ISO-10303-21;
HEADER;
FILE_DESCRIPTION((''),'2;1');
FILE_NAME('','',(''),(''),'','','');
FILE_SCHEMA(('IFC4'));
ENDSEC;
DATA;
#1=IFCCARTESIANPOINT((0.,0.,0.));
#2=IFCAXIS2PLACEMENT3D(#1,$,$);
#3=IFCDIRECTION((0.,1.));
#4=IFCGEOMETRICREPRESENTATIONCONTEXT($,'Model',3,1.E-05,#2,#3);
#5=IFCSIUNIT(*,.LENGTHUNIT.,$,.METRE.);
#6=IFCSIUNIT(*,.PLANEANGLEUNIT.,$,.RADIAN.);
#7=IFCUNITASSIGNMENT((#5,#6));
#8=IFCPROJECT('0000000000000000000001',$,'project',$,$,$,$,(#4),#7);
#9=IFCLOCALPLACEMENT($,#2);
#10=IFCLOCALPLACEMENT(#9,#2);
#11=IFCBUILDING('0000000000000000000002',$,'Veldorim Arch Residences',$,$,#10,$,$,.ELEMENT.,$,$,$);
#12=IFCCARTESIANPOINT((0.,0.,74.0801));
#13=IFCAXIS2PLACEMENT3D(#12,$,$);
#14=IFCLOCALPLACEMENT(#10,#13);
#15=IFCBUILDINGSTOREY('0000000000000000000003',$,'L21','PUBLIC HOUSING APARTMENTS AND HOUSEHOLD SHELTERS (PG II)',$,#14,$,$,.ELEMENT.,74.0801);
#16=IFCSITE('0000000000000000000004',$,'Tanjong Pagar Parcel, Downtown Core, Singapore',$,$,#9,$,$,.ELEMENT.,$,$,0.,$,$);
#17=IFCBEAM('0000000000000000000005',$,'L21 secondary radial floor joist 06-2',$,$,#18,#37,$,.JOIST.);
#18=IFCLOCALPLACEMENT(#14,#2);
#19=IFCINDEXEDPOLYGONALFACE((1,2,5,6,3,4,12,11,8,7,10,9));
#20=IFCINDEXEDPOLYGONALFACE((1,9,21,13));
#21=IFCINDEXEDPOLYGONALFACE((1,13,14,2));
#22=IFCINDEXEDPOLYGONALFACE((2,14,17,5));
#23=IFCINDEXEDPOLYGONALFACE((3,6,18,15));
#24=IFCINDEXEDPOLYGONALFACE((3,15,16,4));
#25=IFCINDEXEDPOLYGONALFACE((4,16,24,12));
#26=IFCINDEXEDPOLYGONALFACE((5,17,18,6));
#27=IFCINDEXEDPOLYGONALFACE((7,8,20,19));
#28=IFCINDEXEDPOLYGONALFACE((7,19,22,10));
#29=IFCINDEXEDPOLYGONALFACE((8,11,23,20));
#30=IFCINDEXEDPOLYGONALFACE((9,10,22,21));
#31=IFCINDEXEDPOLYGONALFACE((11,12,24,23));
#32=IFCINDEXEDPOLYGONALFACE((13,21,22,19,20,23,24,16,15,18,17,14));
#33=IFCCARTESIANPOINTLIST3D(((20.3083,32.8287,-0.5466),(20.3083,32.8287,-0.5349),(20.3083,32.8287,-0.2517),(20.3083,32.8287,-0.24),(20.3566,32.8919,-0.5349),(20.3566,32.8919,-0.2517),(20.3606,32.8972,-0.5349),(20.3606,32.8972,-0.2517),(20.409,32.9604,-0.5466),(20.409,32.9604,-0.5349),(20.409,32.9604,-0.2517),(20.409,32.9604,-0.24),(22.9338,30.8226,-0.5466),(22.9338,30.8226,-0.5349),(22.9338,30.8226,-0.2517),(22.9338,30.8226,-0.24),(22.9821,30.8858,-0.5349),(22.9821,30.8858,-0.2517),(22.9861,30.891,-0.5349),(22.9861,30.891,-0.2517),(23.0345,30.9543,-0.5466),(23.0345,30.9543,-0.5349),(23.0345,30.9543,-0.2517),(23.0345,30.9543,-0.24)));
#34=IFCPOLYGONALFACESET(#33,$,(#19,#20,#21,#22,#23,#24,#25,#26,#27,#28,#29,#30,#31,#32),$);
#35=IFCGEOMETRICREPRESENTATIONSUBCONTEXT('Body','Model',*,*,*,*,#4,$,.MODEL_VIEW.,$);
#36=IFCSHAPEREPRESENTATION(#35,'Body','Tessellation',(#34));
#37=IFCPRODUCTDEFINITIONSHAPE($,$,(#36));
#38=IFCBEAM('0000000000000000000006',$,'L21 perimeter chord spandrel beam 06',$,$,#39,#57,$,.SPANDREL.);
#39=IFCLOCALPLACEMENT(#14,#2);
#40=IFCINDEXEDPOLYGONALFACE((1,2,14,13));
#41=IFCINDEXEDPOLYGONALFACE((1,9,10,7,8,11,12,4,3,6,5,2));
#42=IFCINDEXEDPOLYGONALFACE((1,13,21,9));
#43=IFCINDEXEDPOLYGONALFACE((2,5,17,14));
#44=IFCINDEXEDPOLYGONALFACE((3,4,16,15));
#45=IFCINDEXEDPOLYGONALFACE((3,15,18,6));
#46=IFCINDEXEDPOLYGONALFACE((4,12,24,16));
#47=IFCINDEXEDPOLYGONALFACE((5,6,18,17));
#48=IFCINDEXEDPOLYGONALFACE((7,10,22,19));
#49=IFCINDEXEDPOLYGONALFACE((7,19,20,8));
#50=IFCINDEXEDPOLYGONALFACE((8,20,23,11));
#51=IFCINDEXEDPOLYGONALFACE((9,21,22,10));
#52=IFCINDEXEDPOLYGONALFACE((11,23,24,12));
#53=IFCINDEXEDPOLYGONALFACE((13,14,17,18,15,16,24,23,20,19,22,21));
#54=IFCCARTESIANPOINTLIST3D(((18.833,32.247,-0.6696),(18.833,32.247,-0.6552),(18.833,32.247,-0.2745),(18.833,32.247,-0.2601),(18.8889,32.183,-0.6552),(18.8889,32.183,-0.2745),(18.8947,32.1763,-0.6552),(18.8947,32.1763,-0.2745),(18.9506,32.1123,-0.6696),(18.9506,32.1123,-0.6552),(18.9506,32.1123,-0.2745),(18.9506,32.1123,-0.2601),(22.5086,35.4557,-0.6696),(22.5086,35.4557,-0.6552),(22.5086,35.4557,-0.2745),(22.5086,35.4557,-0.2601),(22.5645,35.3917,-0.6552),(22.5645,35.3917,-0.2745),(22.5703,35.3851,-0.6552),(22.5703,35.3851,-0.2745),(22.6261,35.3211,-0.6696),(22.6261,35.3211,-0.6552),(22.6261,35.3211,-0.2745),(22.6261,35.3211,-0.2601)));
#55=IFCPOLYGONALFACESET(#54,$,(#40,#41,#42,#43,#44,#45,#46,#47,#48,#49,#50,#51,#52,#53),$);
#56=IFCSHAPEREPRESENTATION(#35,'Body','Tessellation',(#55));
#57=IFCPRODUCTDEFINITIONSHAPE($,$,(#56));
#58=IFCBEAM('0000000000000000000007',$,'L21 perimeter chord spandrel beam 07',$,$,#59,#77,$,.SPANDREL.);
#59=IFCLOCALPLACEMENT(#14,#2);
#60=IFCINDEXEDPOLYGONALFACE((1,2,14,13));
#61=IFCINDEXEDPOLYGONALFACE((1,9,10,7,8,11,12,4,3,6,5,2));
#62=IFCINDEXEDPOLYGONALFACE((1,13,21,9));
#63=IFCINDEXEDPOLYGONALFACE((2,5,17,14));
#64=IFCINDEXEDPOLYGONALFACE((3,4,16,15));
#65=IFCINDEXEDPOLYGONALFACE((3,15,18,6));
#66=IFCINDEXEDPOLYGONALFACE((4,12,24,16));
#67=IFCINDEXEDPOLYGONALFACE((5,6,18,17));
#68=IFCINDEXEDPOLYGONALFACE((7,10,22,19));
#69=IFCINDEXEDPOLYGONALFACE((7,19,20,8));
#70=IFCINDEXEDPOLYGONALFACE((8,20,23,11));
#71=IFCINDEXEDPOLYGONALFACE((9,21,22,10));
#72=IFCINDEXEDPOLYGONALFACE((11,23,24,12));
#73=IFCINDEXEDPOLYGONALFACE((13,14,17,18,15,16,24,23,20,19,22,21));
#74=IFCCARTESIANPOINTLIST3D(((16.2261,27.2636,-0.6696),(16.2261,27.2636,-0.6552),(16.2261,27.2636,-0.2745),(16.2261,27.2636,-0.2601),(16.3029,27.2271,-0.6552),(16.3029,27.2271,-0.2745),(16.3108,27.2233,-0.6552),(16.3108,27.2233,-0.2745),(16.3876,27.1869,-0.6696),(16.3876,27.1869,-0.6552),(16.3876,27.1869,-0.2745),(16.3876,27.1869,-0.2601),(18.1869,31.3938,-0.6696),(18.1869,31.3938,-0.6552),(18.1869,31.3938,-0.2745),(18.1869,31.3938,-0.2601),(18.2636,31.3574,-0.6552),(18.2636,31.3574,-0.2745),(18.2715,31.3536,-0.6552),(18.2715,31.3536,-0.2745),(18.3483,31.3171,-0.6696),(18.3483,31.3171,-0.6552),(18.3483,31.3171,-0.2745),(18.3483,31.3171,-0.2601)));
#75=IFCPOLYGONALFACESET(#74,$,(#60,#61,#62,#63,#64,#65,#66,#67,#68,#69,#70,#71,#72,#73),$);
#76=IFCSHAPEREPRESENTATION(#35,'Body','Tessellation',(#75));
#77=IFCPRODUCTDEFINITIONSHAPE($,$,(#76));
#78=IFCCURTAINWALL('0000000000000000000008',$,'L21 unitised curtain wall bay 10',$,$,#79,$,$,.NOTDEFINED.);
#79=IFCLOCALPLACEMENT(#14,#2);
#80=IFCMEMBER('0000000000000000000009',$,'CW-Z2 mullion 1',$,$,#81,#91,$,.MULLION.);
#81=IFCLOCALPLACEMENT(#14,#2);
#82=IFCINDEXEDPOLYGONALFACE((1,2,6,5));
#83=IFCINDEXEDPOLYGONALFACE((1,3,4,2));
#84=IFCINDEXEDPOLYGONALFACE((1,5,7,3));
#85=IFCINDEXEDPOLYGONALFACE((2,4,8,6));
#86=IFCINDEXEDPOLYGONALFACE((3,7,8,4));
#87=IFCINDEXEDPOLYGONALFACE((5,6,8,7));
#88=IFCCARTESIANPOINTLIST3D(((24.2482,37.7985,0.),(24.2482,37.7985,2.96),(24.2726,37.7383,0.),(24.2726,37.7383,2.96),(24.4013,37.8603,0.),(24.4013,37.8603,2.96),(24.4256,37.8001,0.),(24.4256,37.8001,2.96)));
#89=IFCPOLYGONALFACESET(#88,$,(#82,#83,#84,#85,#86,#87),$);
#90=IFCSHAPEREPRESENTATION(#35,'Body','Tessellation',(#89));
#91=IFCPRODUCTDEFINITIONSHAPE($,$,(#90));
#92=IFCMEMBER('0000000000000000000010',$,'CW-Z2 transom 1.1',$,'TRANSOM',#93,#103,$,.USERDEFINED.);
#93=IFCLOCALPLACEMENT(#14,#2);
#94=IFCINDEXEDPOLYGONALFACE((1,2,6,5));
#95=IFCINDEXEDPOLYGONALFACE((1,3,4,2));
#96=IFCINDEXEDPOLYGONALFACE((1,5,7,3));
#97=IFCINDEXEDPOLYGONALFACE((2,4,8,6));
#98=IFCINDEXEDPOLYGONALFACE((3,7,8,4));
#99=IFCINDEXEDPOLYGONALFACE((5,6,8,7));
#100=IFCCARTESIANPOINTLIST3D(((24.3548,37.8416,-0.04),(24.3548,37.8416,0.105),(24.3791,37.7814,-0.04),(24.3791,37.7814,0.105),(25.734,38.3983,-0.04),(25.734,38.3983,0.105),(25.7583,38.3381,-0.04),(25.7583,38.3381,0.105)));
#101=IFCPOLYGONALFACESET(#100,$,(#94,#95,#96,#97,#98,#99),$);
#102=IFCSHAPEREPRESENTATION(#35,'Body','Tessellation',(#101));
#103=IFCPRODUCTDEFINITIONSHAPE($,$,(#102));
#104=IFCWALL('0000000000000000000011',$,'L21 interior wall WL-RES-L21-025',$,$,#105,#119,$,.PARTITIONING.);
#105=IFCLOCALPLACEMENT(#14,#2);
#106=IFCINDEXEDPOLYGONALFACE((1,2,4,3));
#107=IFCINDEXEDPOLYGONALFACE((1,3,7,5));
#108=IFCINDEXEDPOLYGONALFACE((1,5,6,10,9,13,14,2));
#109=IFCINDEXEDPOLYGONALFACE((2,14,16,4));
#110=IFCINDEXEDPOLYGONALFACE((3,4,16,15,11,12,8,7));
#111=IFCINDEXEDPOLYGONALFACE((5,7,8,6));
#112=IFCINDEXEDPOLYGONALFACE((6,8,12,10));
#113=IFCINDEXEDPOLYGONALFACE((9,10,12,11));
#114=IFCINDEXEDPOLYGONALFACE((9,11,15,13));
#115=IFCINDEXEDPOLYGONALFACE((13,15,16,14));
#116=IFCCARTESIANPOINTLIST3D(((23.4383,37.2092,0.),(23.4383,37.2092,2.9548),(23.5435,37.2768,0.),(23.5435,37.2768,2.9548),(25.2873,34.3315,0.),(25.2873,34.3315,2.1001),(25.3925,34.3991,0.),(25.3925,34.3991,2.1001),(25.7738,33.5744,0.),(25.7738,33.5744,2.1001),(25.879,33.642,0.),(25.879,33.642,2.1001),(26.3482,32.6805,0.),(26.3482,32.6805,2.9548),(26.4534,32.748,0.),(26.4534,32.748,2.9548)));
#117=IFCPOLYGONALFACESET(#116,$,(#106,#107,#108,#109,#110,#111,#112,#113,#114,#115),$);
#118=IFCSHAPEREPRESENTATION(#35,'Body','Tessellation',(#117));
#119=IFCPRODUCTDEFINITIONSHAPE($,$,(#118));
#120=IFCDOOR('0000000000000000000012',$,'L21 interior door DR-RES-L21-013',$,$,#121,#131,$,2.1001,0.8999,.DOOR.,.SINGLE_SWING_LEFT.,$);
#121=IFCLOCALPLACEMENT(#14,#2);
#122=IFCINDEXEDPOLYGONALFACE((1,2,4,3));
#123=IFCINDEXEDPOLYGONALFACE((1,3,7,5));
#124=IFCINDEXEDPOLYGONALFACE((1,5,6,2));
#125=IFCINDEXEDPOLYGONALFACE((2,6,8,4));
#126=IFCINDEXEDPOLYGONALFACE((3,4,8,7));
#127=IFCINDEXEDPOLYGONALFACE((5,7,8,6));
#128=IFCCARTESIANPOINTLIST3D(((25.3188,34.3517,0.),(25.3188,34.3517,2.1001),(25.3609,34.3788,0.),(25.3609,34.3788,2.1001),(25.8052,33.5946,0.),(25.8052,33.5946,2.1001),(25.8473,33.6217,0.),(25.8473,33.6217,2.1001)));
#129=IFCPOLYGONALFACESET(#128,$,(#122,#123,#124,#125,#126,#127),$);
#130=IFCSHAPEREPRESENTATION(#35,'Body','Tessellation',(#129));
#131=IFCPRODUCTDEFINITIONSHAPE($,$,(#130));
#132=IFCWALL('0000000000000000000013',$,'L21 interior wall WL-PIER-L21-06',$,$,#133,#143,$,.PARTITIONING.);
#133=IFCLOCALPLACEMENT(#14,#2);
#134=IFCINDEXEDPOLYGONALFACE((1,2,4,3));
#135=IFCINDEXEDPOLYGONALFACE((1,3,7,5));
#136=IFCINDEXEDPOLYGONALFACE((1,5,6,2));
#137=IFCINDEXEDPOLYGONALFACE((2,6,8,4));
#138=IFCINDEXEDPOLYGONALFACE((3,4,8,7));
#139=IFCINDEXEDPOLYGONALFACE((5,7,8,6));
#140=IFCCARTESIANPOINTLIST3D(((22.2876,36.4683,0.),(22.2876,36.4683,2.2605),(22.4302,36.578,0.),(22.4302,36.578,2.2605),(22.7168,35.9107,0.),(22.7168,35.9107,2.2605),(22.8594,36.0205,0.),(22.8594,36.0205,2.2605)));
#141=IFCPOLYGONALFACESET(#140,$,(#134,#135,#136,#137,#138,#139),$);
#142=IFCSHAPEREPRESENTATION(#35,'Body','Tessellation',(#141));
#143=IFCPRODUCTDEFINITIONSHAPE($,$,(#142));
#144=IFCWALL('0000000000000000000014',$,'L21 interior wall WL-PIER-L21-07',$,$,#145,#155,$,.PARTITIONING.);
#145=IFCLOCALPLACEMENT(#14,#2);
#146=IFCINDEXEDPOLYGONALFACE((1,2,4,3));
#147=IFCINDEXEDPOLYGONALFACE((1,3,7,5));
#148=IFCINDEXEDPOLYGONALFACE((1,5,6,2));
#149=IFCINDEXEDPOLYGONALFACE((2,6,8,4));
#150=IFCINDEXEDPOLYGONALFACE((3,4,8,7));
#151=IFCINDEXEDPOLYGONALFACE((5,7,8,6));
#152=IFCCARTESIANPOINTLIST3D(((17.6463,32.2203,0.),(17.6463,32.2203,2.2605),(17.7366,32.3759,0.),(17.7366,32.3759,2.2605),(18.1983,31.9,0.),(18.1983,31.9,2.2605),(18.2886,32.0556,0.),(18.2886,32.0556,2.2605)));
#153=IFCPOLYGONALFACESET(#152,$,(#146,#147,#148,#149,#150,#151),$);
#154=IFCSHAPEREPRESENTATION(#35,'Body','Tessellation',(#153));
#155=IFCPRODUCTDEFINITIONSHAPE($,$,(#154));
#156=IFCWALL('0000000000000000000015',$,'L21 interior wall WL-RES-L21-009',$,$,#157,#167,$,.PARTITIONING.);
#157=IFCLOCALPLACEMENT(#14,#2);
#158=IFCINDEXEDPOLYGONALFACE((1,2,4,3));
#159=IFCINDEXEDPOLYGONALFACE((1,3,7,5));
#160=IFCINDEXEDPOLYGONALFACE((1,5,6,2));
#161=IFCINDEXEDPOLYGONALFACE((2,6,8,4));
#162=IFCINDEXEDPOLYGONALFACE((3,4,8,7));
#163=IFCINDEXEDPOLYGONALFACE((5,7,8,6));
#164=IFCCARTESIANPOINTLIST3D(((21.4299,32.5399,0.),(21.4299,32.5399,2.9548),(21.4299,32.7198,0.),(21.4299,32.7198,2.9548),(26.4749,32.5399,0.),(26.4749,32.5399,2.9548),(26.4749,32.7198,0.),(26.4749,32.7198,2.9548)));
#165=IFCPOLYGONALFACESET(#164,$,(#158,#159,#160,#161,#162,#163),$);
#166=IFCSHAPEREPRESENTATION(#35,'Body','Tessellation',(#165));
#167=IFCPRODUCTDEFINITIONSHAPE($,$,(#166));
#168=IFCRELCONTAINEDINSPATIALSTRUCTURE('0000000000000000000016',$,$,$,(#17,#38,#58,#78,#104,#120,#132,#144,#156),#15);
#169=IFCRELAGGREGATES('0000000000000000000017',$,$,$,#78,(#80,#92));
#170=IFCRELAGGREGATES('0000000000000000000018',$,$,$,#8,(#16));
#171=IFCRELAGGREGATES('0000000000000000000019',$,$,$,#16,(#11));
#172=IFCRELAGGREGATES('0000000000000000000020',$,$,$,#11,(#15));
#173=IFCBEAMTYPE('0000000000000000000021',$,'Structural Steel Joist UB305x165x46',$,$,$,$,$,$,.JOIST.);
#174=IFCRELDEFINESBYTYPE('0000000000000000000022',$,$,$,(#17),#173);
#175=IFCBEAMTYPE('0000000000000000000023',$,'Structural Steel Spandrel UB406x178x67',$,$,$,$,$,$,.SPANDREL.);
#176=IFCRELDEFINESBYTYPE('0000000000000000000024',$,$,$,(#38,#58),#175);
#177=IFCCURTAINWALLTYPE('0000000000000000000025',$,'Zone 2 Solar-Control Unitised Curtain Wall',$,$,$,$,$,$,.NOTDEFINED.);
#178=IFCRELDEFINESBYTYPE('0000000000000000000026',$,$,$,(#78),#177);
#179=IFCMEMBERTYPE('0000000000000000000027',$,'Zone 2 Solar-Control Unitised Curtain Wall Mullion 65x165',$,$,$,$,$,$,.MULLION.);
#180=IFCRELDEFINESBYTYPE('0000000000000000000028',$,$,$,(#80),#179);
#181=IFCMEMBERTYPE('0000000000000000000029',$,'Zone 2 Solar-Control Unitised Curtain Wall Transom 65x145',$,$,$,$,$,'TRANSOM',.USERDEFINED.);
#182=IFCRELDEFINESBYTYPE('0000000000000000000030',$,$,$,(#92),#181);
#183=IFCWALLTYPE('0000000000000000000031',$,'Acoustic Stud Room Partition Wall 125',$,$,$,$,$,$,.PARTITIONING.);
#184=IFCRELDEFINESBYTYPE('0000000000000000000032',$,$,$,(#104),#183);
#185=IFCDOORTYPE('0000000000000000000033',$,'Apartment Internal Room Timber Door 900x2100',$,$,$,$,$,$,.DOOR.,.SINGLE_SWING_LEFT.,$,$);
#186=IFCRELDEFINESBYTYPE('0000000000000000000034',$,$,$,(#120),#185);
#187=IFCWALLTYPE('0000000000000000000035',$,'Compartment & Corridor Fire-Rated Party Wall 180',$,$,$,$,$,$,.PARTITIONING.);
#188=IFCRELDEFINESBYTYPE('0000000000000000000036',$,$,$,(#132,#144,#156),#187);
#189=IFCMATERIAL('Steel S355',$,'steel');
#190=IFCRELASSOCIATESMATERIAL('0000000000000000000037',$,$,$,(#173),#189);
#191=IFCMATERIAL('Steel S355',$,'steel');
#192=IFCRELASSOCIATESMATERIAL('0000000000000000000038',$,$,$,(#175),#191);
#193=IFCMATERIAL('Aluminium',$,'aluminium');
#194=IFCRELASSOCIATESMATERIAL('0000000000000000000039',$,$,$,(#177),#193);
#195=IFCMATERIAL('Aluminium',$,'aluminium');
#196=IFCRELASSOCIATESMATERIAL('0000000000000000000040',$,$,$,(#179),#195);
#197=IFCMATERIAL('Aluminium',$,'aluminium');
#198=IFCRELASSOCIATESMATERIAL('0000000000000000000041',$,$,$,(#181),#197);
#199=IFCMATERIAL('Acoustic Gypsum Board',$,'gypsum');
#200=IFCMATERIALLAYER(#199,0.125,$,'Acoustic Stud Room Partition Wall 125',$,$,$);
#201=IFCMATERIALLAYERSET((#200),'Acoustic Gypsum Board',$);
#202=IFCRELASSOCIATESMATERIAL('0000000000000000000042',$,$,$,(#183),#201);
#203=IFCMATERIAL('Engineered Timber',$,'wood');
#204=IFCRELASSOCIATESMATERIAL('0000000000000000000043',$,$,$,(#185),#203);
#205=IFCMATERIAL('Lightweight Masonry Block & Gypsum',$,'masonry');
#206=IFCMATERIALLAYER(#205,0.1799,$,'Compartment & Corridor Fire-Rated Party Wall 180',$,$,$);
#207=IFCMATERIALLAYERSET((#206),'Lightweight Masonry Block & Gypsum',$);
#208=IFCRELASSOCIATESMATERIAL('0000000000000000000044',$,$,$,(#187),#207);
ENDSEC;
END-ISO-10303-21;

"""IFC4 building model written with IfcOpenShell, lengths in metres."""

from ifc_helpers import new_model, si_unit, direction, frame, frame_2d, origin, origin_2d, place, context, subcontext, project, spatial, rectangle, i_section, extrude, material, layer, layer_set, material_profile, profile_set, type_object, element, fill, aggregate, save


model = new_model("IFC4")

# Units and contexts
model_context = context("Model", 3, precision=1e-05, world=origin(), true_north=direction((0.0, 1.0)))
body_context = subcontext(model_context, "Body", "Model", "MODEL_VIEW")
ifc_project = project(units=[si_unit("LENGTHUNIT", "METRE"), si_unit("PLANEANGLEUNIT", "RADIAN")], contexts=[model_context])

# Site, building, storey
site_placement = place(None, origin())
site = spatial("IfcSite", under=ifc_project, at=site_placement, Name="Tanjong Pagar Parcel, Downtown Core, Singapore", CompositionType="ELEMENT", RefElevation=0.0)
building_placement = place(site_placement, origin())
building = spatial("IfcBuilding", under=site, at=building_placement, Name="Veldorim Arch Residences", CompositionType="ELEMENT")
storey_placement = place(building_placement, frame((0.0, 0.0, 74.0801)))
storey = spatial("IfcBuildingStorey", under=building, at=storey_placement, Name="L21", Description="PUBLIC HOUSING APARTMENTS AND HOUSEHOLD SHELTERS (PG II)", CompositionType="ELEMENT", Elevation=74.0801)

# Beams
ifc_material_1 = material(Name="Steel S355", Category="steel")
ifc_material_profile_1 = material_profile(ifc_material_1, i_section(OverallWidth=0.1658, OverallDepth=0.3066, WebThickness=0.0066, FlangeThickness=0.0117, at=origin_2d()), Name="UB305x165x46")
ifc_profile_set_1 = profile_set([ifc_material_profile_1], Name="Steel S355")
beam_type_1 = type_object("IfcBeamType", Name="Structural Steel Joist UB305x165x46", PredefinedType="JOIST", material=ifc_profile_set_1)
beam_1_placement = place(storey_placement, frame((22.9841, 30.8884, -0.3933), z_axis=(-0.794595, 0.60714, 0.0), x_axis=(-0.60714, -0.794595, 0.0)))
element("IfcBeam", 1, at=beam_1_placement, inside=storey, type_object=beam_type_1, Name="L21 secondary radial floor joist 06-2", PredefinedType="JOIST", context=body_context, shape_type="SweptSolid", body=[
    extrude(i_section(OverallWidth=0.1658, OverallDepth=0.3066, WebThickness=0.0066, FlangeThickness=0.0117, at=origin_2d()), origin(), (0.0, 0.0, 1.0), 3.3042),
])
ifc_material_2 = material(Name="Steel S355", Category="steel")
ifc_material_profile_2 = material_profile(ifc_material_2, i_section(OverallWidth=0.1787, OverallDepth=0.4094, WebThickness=0.0088, FlangeThickness=0.0144, at=origin_2d()), Name="UB406x178x67")
ifc_profile_set_2 = profile_set([ifc_material_profile_2], Name="Steel S355")
beam_type_2 = type_object("IfcBeamType", Name="Structural Steel Spandrel UB406x178x67", PredefinedType="SPANDREL", material=ifc_profile_set_2)
beam_2_placement = place(storey_placement, frame((22.5674, 35.3884, -0.4648), z_axis=(-0.753323, -0.65765, 0.0), x_axis=(0.65765, -0.753323, 0.0)))
element("IfcBeam", 2, at=beam_2_placement, inside=storey, type_object=beam_type_2, Name="L21 perimeter chord spandrel beam 06", PredefinedType="SPANDREL", context=body_context, shape_type="SweptSolid", body=[
    extrude(i_section(OverallWidth=0.1787, OverallDepth=0.4094, WebThickness=0.0088, FlangeThickness=0.0144, at=origin_2d()), origin(), (0.0, 0.0, 1.0), 4.8792),
])
beam_3_placement = place(storey_placement, frame((18.2676, 31.3555, -0.4648), z_axis=(-0.428857, -0.903372, 0.0), x_axis=(0.903372, -0.428857, 0.0)))
element("IfcBeam", 3, at=beam_3_placement, inside=storey, type_object=beam_type_2, Name="L21 perimeter chord spandrel beam 07", PredefinedType="SPANDREL", context=body_context, shape_type="SweptSolid", body=[
    extrude(i_section(OverallWidth=0.1787, OverallDepth=0.4094, WebThickness=0.0088, FlangeThickness=0.0144, at=origin_2d()), origin(), (0.0, 0.0, 1.0), 4.572),
])

# Curtain wall, members
ifc_material_3 = material(Name="Aluminium", Category="aluminium")
curtain_wall_type = type_object("IfcCurtainWallType", Name="Zone 2 Solar-Control Unitised Curtain Wall", PredefinedType="NOTDEFINED", material=ifc_material_3)
curtain_wall_placement = place(storey_placement, origin())
curtain_wall = element("IfcCurtainWall", 4, at=curtain_wall_placement, inside=storey, type_object=curtain_wall_type, Name="L21 unitised curtain wall bay 10", PredefinedType="NOTDEFINED")
ifc_material_4 = material(Name="Aluminium", Category="aluminium")
ifc_material_profile_3 = material_profile(ifc_material_4, rectangle(XDim=0.0649, YDim=0.165, at=origin_2d()), Name="ALU_MUL_65x165")
ifc_profile_set_3 = profile_set([ifc_material_profile_3], Name="Aluminium")
member_type_1 = type_object("IfcMemberType", Name="Zone 2 Solar-Control Unitised Curtain Wall Mullion 65x165", PredefinedType="MULLION", material=ifc_profile_set_3)
member_1_placement = place(storey_placement, frame((24.3369, 37.7993, 0.0), z_axis=(0.0, 0.0, 1.0), x_axis=(-0.374353, 0.927286, 0.0)))
member_1 = element("IfcMember", 5, at=member_1_placement, type_object=member_type_1, Name="CW-Z2 mullion 1", PredefinedType="MULLION", context=body_context, shape_type="SweptSolid", body=[
    extrude(rectangle(XDim=0.0649, YDim=0.165, at=origin_2d()), origin(), (0.0, 0.0, 1.0), 2.96),
])
ifc_material_5 = material(Name="Aluminium", Category="aluminium")
ifc_material_profile_4 = material_profile(ifc_material_5, rectangle(XDim=0.0649, YDim=0.145, at=origin_2d()), Name="ALU_TRN_65x145")
ifc_profile_set_4 = profile_set([ifc_material_profile_4], Name="Aluminium")
member_type_2 = type_object("IfcMemberType", Name="Zone 2 Solar-Control Unitised Curtain Wall Transom 65x145", ElementType="TRANSOM", PredefinedType="USERDEFINED", material=ifc_profile_set_4)
member_2_placement = place(storey_placement, frame((24.3669, 37.8115, 0.0325), z_axis=(0.927317, 0.374276, 0.0), x_axis=(-0.374276, 0.927317, 0.0)))
member_2 = element("IfcMember", 6, at=member_2_placement, type_object=member_type_2, Name="CW-Z2 transom 1.1", ObjectType="TRANSOM", PredefinedType="USERDEFINED", context=body_context, shape_type="SweptSolid", body=[
    extrude(rectangle(XDim=0.0649, YDim=0.145, at=origin_2d()), origin(), (0.0, 0.0, 1.0), 1.4873),
])
aggregate(curtain_wall, [member_1, member_2])

# Wall, opening, door
ifc_material_6 = material(Name="Acoustic Gypsum Board", Category="gypsum")
ifc_layer_1 = layer(ifc_material_6, 0.125, Name="Acoustic Stud Room Partition Wall 125")
ifc_layer_set_1 = layer_set([ifc_layer_1], Name="Acoustic Gypsum Board")
wall_type_1 = type_object("IfcWallType", Name="Acoustic Stud Room Partition Wall 125", PredefinedType="PARTITIONING", material=ifc_layer_set_1)
wall_1_placement = place(storey_placement, frame((23.491, 37.2429, 0.0), z_axis=(0.0, 0.0, 1.0), x_axis=(0.540565, -0.841302, 0.0)))
wall_1 = element("IfcWall", 7, at=wall_1_placement, inside=storey, type_object=wall_type_1, Name="L21 interior wall WL-RES-L21-025", PredefinedType="PARTITIONING", context=body_context, shape_type="SweptSolid", body=[
    extrude(rectangle(XDim=5.3831, YDim=0.125, at=frame_2d((2.6914, 0.0))), origin(), (0.0, 0.0, 1.0), 2.9548),
])
opening_1_placement = place(wall_1_placement, frame((3.4204, 0.0, 0.0)))
opening_1 = element("IfcOpeningElement", 8, at=opening_1_placement, cuts=wall_1, PredefinedType="OPENING", context=body_context, shape_type="SweptSolid", body=[
    extrude(rectangle(XDim=0.8999, YDim=2.1001, at=frame_2d((0.45, 1.05))), frame((0.0, 0.0725, 0.0), z_axis=(0.0, -1.0, 0.0), x_axis=(1.0, 0.0, 0.0)), (0.0, 0.0, 1.0), 0.145),
])
ifc_material_7 = material(Name="Engineered Timber", Category="wood")
door_type_1 = type_object("IfcDoorType", Name="Apartment Internal Room Timber Door 900x2100", OperationType="SINGLE_SWING_LEFT", PredefinedType="DOOR", material=ifc_material_7)
door_1_placement = place(opening_1_placement, origin())
door_1 = element("IfcDoor", 9, at=door_1_placement, inside=storey, type_object=door_type_1, Name="L21 interior door DR-RES-L21-013", OperationType="SINGLE_SWING_LEFT", OverallHeight=2.1001, OverallWidth=0.8999, PredefinedType="DOOR", context=body_context, shape_type="SweptSolid", body=[
    extrude(rectangle(XDim=0.8999, YDim=2.1001, at=frame_2d((0.45, 1.05))), frame((0.0, 0.0249, 0.0), z_axis=(0.0, -1.0, 0.0), x_axis=(1.0, 0.0, 0.0)), (0.0, 0.0, 1.0), 0.05),
])
fill(opening_1, door_1)

# Walls
ifc_material_8 = material(Name="Lightweight Masonry Block & Gypsum", Category="masonry")
ifc_layer_2 = layer(ifc_material_8, 0.1799, Name="Compartment & Corridor Fire-Rated Party Wall 180")
ifc_layer_set_2 = layer_set([ifc_layer_2], Name="Lightweight Masonry Block & Gypsum")
wall_type_2 = type_object("IfcWallType", Name="Compartment & Corridor Fire-Rated Party Wall 180", PredefinedType="PARTITIONING", material=ifc_layer_set_2)
wall_2_placement = place(storey_placement, frame((22.7881, 35.9656, 0.0), z_axis=(0.0, 0.0, 1.0), x_axis=(-0.609945, 0.792443, 0.0)))
element("IfcWall", 10, at=wall_2_placement, inside=storey, type_object=wall_type_2, Name="L21 interior wall WL-PIER-L21-06", PredefinedType="PARTITIONING", context=body_context, shape_type="SweptSolid", body=[
    extrude(rectangle(XDim=0.7036, YDim=0.1799, at=frame_2d((0.3518, 0.0))), origin(), (0.0, 0.0, 1.0), 2.2605),
])
wall_3_placement = place(storey_placement, frame((18.2434, 31.9778, 0.0), z_axis=(0.0, 0.0, 1.0), x_axis=(-0.864928, 0.501896, 0.0)))
element("IfcWall", 11, at=wall_3_placement, inside=storey, type_object=wall_type_2, Name="L21 interior wall WL-PIER-L21-07", PredefinedType="PARTITIONING", context=body_context, shape_type="SweptSolid", body=[
    extrude(rectangle(XDim=0.6382, YDim=0.1799, at=frame_2d((0.3191, 0.0))), origin(), (0.0, 0.0, 1.0), 2.2605),
])
wall_4_placement = place(storey_placement, frame((21.4299, 32.6299, 0.0), z_axis=(0.0, 0.0, 1.0), x_axis=(1.0, 0.0, 0.0)))
element("IfcWall", 12, at=wall_4_placement, inside=storey, type_object=wall_type_2, Name="L21 interior wall WL-RES-L21-009", PredefinedType="PARTITIONING", context=body_context, shape_type="SweptSolid", body=[
    extrude(rectangle(XDim=5.0449, YDim=0.1799, at=frame_2d((2.5225, 0.0))), origin(), (0.0, 0.0, 1.0), 2.9548),
])

save(model, "model.ifc")
